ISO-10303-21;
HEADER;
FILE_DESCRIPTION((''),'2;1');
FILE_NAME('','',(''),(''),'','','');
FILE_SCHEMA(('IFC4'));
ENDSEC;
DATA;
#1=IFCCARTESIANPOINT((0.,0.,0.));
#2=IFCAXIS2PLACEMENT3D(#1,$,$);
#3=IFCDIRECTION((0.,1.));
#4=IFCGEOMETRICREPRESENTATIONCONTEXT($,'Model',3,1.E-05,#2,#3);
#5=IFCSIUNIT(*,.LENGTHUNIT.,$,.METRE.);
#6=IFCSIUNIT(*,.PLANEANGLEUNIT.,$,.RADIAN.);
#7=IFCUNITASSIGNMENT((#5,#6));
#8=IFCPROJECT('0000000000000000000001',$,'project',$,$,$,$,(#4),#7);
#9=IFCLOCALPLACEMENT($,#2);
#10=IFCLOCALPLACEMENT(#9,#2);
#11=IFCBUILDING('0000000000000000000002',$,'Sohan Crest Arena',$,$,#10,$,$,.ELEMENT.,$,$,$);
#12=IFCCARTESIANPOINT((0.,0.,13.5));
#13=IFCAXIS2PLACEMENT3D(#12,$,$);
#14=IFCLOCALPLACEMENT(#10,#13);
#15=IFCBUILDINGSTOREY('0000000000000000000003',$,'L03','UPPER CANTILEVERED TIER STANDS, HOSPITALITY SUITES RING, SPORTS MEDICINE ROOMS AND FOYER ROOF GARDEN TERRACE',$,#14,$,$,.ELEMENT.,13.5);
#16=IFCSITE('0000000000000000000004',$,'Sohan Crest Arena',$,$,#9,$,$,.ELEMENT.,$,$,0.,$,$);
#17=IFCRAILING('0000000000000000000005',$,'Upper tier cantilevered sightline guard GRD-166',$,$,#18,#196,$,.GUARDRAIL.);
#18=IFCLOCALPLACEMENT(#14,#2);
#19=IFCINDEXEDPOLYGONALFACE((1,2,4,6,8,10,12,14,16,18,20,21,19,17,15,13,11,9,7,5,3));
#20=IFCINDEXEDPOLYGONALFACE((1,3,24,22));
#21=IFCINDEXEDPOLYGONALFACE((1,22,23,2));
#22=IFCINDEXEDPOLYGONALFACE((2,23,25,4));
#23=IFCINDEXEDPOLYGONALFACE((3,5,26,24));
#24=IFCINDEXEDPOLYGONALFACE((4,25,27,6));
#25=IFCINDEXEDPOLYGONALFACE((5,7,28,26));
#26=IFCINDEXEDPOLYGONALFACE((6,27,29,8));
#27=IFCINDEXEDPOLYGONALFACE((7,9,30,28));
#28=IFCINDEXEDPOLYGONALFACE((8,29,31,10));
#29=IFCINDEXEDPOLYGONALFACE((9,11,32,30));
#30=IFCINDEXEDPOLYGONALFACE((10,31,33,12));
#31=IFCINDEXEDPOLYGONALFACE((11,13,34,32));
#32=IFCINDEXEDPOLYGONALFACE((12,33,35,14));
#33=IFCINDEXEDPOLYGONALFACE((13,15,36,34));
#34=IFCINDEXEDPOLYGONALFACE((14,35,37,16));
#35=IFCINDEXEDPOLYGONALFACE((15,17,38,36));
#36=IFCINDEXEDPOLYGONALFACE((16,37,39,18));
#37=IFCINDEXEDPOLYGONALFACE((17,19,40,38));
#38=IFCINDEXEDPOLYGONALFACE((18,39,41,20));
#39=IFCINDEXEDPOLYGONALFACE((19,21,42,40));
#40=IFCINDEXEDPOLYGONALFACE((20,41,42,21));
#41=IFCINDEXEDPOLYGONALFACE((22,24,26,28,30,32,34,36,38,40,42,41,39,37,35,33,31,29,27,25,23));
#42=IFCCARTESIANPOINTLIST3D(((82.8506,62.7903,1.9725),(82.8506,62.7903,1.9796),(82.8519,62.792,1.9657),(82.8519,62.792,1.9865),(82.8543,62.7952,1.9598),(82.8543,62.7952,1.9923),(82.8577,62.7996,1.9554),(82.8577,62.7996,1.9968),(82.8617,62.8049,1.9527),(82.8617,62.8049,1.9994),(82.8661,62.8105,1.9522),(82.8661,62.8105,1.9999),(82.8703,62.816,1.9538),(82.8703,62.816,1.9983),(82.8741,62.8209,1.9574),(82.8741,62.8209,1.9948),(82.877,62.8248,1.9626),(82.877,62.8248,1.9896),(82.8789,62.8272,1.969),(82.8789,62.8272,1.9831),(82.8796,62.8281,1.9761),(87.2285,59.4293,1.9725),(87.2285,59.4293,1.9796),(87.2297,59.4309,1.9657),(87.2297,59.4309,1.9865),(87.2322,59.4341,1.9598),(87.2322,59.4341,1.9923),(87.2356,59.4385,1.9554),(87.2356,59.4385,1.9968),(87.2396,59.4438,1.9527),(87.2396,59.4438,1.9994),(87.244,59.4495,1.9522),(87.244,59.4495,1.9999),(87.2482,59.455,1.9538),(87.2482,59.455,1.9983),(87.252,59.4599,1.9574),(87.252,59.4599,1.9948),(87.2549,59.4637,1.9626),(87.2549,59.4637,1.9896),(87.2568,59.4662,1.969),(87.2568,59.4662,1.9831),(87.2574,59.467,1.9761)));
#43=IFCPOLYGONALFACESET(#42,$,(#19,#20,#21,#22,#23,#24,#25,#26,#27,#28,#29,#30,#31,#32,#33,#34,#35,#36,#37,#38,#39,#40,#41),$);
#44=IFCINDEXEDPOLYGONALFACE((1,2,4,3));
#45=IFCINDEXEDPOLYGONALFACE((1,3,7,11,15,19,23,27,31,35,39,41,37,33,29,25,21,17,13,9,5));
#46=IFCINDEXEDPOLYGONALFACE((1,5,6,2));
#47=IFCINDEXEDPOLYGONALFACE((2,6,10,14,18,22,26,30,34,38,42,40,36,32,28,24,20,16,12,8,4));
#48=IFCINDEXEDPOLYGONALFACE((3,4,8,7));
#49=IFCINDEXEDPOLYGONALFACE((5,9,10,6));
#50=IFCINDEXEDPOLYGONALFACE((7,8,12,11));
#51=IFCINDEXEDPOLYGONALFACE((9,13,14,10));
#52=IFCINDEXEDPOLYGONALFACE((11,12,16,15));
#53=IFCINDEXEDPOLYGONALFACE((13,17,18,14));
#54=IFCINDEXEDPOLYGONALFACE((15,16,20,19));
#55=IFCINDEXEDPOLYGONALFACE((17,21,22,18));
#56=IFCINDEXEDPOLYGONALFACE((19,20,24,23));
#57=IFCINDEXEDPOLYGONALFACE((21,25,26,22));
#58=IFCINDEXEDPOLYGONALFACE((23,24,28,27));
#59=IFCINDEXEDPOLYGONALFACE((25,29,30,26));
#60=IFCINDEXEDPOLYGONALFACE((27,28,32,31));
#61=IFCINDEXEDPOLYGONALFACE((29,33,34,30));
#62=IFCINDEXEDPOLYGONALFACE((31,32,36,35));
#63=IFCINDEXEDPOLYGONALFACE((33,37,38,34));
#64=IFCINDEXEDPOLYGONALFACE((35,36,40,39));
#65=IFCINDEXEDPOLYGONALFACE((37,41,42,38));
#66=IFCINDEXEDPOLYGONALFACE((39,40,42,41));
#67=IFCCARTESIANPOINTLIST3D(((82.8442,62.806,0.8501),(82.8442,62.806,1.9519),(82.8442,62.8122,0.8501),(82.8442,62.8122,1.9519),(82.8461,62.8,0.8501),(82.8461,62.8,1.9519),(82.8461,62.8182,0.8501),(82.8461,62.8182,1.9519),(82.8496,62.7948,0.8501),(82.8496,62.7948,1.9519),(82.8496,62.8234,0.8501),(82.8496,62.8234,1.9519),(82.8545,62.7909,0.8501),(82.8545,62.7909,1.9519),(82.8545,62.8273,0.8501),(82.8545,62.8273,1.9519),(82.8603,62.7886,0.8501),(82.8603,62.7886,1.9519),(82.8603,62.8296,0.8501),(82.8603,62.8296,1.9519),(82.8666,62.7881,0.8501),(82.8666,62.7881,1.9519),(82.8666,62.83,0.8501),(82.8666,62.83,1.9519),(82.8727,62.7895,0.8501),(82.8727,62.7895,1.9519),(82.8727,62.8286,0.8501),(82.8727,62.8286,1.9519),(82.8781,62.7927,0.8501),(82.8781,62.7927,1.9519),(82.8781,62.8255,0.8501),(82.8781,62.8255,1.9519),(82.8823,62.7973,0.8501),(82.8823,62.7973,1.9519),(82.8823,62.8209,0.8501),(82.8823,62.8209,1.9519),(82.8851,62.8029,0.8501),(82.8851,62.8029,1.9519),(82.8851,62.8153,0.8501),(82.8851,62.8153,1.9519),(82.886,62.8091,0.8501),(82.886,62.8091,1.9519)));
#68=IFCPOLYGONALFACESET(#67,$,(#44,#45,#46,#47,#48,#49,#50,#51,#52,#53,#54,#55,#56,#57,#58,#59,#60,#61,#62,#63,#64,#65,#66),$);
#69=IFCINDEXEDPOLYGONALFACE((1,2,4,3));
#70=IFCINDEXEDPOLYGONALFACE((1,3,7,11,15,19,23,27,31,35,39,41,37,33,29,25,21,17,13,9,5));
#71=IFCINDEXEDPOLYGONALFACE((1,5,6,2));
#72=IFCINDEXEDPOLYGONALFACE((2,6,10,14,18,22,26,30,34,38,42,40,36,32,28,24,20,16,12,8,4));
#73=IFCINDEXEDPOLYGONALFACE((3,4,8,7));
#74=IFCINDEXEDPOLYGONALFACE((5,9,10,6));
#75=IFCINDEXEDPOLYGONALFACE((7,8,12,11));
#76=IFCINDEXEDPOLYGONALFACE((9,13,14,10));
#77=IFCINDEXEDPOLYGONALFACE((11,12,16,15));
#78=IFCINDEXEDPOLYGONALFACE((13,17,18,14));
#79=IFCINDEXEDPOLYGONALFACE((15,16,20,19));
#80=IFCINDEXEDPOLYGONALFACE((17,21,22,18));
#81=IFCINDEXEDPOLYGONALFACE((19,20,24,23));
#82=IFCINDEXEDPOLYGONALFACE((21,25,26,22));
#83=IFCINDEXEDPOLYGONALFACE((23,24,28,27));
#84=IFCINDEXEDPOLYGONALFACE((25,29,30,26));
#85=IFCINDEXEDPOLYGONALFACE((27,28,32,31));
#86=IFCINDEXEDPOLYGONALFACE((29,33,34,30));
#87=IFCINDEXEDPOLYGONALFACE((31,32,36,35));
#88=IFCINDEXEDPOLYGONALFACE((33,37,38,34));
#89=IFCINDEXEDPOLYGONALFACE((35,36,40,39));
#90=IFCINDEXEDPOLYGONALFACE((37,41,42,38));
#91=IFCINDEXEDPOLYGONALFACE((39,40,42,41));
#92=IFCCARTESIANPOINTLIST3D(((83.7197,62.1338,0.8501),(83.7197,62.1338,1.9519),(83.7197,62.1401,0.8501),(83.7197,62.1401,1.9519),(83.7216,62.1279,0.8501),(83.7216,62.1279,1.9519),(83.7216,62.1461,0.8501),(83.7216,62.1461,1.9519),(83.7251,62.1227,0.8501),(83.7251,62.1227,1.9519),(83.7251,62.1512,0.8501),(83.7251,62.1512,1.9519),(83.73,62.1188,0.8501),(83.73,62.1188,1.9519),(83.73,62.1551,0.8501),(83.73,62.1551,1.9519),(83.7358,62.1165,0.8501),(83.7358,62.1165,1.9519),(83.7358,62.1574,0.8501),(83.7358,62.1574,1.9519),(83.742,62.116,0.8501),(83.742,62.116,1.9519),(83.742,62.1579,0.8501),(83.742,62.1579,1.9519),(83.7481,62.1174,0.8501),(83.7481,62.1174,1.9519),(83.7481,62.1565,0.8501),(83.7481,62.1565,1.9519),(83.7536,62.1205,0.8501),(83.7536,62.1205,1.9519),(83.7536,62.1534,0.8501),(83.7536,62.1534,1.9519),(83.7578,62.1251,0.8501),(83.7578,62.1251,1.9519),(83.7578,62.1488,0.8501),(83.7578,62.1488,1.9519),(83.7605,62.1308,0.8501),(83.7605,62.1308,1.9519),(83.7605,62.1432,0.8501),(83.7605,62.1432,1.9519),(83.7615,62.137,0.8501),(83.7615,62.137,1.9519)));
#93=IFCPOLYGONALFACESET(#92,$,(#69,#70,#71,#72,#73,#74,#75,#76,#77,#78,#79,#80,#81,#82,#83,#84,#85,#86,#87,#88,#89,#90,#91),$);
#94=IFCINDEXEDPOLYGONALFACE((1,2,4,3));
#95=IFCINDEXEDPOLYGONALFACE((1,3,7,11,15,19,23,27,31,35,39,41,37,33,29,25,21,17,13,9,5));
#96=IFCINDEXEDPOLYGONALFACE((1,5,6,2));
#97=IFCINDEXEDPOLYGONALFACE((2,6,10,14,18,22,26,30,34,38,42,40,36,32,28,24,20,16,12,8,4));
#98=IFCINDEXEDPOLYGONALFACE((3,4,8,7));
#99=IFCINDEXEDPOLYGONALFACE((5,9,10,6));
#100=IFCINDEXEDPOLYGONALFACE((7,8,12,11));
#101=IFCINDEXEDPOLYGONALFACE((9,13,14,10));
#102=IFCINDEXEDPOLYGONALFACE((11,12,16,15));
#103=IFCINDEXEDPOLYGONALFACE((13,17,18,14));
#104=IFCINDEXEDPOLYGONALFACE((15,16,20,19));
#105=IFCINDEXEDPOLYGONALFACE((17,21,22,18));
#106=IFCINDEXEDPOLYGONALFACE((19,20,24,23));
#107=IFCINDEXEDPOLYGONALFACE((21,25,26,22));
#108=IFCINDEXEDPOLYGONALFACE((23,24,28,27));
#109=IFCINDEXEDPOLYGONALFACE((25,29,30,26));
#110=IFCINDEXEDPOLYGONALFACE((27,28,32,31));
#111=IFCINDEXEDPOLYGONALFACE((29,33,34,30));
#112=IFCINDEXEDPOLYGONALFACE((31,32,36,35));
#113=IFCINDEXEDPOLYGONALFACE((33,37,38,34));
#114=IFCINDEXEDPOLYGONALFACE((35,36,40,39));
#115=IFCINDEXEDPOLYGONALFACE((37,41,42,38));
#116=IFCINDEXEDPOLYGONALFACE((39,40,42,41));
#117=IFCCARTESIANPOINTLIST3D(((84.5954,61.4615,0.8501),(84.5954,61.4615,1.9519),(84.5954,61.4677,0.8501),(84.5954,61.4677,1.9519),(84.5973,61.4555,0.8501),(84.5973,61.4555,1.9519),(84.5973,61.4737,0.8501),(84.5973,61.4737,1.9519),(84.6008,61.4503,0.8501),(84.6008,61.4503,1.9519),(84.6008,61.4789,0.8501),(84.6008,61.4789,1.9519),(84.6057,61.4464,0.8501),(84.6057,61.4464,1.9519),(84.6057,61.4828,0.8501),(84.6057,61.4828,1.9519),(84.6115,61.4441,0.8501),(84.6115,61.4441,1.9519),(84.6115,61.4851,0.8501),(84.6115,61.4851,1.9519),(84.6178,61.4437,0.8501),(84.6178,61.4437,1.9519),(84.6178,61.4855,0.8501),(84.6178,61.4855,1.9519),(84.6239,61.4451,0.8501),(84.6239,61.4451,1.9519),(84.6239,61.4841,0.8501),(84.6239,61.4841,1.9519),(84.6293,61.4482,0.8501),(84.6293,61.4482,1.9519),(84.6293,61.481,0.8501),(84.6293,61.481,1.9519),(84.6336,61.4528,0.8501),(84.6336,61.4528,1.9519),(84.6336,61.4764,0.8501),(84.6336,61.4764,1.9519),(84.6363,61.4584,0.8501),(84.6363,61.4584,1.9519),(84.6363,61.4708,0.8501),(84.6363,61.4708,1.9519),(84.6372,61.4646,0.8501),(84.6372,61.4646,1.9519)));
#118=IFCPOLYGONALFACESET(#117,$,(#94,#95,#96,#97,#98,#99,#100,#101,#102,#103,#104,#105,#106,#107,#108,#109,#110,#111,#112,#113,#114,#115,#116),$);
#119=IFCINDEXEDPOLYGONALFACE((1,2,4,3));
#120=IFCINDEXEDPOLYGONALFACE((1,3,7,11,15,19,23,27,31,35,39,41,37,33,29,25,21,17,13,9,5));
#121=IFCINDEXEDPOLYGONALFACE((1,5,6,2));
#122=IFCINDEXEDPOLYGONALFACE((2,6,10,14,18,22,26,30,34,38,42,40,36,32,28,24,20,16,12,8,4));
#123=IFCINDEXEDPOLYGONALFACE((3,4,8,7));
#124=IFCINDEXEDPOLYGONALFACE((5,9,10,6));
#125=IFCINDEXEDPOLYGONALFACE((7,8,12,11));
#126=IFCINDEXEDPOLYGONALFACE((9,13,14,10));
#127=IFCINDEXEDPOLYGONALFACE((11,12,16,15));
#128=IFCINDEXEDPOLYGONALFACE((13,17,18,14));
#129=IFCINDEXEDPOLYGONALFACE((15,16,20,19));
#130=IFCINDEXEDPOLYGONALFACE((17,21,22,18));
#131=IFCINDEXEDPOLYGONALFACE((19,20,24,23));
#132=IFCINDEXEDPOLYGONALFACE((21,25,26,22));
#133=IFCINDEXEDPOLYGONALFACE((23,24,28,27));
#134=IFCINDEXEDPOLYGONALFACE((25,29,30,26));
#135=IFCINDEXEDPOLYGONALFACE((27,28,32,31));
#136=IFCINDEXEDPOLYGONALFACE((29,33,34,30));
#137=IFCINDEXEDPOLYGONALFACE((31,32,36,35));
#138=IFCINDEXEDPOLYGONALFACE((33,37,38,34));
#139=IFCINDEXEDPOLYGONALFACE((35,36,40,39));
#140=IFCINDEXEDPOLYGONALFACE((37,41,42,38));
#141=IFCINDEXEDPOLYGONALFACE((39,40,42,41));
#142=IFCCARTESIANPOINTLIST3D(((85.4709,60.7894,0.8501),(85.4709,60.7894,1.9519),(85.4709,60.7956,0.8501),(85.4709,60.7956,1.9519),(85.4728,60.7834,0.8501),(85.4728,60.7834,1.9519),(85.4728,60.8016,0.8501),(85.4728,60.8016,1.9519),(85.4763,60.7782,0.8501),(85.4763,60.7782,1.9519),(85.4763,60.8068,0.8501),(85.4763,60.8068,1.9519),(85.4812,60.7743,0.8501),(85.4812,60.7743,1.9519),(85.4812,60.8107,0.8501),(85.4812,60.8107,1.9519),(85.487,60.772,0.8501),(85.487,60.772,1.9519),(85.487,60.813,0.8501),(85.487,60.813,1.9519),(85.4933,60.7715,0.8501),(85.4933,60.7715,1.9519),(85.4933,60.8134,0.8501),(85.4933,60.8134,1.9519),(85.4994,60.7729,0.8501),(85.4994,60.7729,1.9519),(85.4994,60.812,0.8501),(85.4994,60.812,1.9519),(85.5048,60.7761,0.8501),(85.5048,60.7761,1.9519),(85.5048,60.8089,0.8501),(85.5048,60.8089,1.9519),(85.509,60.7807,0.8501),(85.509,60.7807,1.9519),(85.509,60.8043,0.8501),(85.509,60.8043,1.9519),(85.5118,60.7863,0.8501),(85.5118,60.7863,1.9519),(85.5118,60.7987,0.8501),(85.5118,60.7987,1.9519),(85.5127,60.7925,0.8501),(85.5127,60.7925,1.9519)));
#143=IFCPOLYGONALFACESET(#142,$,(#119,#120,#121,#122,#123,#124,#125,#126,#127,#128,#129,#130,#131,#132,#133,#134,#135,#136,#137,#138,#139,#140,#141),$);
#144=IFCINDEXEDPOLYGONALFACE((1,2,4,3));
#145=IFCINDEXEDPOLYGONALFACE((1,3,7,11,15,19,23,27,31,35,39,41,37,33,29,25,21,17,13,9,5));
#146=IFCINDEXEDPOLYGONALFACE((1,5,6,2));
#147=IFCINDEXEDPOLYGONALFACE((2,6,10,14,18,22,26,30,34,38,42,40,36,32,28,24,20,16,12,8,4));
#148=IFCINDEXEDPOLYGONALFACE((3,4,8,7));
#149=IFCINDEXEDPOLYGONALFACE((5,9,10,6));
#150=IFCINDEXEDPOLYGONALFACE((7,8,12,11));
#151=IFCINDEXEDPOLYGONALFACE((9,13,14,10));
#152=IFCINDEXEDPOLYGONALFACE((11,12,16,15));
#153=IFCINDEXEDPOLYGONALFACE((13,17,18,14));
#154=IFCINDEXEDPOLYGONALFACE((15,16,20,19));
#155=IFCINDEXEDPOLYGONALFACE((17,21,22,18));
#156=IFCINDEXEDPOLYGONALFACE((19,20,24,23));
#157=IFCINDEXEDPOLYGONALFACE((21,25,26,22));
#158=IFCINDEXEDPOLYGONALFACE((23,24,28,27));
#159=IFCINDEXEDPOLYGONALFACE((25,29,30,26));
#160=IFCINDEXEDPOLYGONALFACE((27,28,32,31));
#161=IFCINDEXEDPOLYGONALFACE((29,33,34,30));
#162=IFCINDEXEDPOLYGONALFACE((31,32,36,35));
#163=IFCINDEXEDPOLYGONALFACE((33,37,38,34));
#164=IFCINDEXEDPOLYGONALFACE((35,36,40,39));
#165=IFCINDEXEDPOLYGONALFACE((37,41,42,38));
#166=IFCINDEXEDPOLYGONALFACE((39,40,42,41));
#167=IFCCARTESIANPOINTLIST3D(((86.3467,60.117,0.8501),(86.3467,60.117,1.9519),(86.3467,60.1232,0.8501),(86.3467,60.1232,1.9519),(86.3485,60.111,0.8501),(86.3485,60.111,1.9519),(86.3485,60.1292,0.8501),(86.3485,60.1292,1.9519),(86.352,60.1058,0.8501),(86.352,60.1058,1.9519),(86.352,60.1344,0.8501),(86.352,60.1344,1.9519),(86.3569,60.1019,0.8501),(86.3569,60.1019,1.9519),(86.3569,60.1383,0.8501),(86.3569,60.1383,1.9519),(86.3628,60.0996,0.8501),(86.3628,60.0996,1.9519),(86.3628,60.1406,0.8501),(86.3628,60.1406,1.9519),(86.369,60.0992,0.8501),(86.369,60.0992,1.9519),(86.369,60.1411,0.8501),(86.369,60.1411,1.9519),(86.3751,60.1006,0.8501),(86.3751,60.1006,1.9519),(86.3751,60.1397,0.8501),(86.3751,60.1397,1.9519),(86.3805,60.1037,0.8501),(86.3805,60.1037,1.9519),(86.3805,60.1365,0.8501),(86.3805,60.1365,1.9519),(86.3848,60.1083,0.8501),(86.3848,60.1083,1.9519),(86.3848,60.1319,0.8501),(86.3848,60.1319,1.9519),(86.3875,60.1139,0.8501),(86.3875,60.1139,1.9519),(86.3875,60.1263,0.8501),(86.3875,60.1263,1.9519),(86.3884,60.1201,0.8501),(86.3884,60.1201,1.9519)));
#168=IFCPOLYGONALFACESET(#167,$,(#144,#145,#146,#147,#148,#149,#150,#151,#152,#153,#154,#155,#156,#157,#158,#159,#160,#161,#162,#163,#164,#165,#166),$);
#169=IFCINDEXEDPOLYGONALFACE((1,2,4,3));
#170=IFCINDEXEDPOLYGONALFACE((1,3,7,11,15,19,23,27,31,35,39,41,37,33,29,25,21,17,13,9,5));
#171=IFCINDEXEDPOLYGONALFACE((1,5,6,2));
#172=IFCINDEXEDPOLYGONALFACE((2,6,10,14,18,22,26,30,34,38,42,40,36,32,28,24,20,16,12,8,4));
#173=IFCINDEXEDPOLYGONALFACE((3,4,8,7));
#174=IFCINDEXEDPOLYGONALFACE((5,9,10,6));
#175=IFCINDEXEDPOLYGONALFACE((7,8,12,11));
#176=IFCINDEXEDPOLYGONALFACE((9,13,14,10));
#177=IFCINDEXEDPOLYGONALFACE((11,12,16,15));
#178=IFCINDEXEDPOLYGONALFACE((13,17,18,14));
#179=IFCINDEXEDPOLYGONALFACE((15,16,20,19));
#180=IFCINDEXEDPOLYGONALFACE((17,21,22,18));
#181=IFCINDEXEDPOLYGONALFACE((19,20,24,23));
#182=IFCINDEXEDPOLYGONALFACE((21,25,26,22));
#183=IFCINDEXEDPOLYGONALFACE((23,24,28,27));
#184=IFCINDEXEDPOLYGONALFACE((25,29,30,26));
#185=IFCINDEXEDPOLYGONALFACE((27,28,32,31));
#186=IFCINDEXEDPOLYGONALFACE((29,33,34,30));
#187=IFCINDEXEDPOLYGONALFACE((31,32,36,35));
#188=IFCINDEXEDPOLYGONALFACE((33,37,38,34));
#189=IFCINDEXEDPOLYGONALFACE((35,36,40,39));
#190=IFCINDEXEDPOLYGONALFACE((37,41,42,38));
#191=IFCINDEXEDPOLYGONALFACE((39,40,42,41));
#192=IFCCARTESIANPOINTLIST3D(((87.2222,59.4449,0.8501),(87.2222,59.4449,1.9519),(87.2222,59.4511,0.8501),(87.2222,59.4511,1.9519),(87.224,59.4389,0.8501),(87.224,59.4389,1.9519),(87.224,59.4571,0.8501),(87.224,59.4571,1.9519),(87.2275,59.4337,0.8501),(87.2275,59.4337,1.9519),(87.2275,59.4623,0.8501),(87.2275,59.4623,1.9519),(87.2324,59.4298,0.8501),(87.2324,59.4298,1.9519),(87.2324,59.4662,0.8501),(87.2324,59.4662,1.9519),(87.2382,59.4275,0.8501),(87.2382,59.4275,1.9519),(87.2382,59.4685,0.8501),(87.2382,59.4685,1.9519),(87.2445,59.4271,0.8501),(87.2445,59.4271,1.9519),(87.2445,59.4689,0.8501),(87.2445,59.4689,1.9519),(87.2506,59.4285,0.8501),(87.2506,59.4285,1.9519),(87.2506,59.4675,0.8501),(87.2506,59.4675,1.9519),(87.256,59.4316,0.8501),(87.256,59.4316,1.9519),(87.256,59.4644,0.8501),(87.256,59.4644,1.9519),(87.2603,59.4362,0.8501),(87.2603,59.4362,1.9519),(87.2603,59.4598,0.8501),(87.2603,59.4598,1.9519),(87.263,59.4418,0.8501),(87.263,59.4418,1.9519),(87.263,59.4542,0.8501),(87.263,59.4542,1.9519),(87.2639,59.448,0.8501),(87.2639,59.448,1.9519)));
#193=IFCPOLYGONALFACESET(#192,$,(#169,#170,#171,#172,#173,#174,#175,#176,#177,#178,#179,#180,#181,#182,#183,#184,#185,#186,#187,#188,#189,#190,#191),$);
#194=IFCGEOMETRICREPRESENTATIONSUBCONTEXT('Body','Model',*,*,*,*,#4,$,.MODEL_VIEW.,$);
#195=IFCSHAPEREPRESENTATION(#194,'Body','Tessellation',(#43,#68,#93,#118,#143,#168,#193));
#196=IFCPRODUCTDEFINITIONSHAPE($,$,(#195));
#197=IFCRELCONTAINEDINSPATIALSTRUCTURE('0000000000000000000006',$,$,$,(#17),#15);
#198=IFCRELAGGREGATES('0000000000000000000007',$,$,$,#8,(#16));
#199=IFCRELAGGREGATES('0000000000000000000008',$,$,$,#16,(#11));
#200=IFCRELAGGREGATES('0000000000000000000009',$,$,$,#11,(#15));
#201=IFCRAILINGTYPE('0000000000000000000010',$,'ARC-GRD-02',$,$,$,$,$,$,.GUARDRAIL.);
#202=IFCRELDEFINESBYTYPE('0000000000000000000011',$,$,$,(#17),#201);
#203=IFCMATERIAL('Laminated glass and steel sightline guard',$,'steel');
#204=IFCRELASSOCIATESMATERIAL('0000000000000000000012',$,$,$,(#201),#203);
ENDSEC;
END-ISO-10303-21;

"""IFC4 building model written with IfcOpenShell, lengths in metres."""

from ifc_helpers import new_model, si_unit, direction, frame, origin, origin_2d, place, context, subcontext, project, spatial, circle, extrude, material, type_object, element, save


model = new_model("IFC4")

# Units and contexts
model_context = context("Model", 3, precision=1e-05, world=origin(), true_north=direction((0.0, 1.0)))
body_context = subcontext(model_context, "Body", "Model", "MODEL_VIEW")
ifc_project = project(units=[si_unit("LENGTHUNIT", "METRE"), si_unit("PLANEANGLEUNIT", "RADIAN")], contexts=[model_context])

# Site, building, storey
site_placement = place(None, origin())
site = spatial("IfcSite", under=ifc_project, at=site_placement, Name="Sohan Crest Arena", CompositionType="ELEMENT", RefElevation=0.0)
building_placement = place(site_placement, origin())
building = spatial("IfcBuilding", under=site, at=building_placement, Name="Sohan Crest Arena", CompositionType="ELEMENT")
storey_placement = place(building_placement, frame((0.0, 0.0, 13.5)))
storey = spatial("IfcBuildingStorey", under=building, at=storey_placement, Name="L03", Description="UPPER CANTILEVERED TIER STANDS, HOSPITALITY SUITES RING, SPORTS MEDICINE ROOMS AND FOYER ROOF GARDEN TERRACE", CompositionType="ELEMENT", Elevation=13.5)

# Railing
ifc_material_1 = material(Name="Laminated glass and steel sightline guard", Category="steel")
railing_type = type_object("IfcRailingType", Name="ARC-GRD-02", PredefinedType="GUARDRAIL", material=ifc_material_1)
railing_1_placement = place(storey_placement, frame((82.865, 62.8091, 0.8501)))
element("IfcRailing", 1, at=railing_1_placement, inside=storey, type_object=railing_type, Name="Upper tier cantilevered sightline guard GRD-166", PredefinedType="GUARDRAIL", context=body_context, shape_type="SweptSolid", body=[
    extrude(circle(Radius=0.0239, at=origin_2d()), frame((0.0, 0.0, 1.126), z_axis=(0.793198, -0.608964, 0.0), x_axis=(0.608964, 0.793198, 0.0)), (0.0, 0.0, 1.0), 5.5193),
    extrude(circle(Radius=0.021, at=origin_2d()), origin(), (0.0, 0.0, 1.0), 1.1018),
    extrude(circle(Radius=0.021, at=origin_2d()), frame((0.8755, -0.6721, 0.0)), (0.0, 0.0, 1.0), 1.1018),
    extrude(circle(Radius=0.021, at=origin_2d()), frame((1.7512, -1.3445, 0.0)), (0.0, 0.0, 1.0), 1.1018),
    extrude(circle(Radius=0.021, at=origin_2d()), frame((2.6267, -2.0166, 0.0)), (0.0, 0.0, 1.0), 1.1018),
    extrude(circle(Radius=0.021, at=origin_2d()), frame((3.5024, -2.689, 0.0)), (0.0, 0.0, 1.0), 1.1018),
    extrude(circle(Radius=0.021, at=origin_2d()), frame((4.3779, -3.3611, 0.0)), (0.0, 0.0, 1.0), 1.1018),
])

save(model, "model.ifc")
